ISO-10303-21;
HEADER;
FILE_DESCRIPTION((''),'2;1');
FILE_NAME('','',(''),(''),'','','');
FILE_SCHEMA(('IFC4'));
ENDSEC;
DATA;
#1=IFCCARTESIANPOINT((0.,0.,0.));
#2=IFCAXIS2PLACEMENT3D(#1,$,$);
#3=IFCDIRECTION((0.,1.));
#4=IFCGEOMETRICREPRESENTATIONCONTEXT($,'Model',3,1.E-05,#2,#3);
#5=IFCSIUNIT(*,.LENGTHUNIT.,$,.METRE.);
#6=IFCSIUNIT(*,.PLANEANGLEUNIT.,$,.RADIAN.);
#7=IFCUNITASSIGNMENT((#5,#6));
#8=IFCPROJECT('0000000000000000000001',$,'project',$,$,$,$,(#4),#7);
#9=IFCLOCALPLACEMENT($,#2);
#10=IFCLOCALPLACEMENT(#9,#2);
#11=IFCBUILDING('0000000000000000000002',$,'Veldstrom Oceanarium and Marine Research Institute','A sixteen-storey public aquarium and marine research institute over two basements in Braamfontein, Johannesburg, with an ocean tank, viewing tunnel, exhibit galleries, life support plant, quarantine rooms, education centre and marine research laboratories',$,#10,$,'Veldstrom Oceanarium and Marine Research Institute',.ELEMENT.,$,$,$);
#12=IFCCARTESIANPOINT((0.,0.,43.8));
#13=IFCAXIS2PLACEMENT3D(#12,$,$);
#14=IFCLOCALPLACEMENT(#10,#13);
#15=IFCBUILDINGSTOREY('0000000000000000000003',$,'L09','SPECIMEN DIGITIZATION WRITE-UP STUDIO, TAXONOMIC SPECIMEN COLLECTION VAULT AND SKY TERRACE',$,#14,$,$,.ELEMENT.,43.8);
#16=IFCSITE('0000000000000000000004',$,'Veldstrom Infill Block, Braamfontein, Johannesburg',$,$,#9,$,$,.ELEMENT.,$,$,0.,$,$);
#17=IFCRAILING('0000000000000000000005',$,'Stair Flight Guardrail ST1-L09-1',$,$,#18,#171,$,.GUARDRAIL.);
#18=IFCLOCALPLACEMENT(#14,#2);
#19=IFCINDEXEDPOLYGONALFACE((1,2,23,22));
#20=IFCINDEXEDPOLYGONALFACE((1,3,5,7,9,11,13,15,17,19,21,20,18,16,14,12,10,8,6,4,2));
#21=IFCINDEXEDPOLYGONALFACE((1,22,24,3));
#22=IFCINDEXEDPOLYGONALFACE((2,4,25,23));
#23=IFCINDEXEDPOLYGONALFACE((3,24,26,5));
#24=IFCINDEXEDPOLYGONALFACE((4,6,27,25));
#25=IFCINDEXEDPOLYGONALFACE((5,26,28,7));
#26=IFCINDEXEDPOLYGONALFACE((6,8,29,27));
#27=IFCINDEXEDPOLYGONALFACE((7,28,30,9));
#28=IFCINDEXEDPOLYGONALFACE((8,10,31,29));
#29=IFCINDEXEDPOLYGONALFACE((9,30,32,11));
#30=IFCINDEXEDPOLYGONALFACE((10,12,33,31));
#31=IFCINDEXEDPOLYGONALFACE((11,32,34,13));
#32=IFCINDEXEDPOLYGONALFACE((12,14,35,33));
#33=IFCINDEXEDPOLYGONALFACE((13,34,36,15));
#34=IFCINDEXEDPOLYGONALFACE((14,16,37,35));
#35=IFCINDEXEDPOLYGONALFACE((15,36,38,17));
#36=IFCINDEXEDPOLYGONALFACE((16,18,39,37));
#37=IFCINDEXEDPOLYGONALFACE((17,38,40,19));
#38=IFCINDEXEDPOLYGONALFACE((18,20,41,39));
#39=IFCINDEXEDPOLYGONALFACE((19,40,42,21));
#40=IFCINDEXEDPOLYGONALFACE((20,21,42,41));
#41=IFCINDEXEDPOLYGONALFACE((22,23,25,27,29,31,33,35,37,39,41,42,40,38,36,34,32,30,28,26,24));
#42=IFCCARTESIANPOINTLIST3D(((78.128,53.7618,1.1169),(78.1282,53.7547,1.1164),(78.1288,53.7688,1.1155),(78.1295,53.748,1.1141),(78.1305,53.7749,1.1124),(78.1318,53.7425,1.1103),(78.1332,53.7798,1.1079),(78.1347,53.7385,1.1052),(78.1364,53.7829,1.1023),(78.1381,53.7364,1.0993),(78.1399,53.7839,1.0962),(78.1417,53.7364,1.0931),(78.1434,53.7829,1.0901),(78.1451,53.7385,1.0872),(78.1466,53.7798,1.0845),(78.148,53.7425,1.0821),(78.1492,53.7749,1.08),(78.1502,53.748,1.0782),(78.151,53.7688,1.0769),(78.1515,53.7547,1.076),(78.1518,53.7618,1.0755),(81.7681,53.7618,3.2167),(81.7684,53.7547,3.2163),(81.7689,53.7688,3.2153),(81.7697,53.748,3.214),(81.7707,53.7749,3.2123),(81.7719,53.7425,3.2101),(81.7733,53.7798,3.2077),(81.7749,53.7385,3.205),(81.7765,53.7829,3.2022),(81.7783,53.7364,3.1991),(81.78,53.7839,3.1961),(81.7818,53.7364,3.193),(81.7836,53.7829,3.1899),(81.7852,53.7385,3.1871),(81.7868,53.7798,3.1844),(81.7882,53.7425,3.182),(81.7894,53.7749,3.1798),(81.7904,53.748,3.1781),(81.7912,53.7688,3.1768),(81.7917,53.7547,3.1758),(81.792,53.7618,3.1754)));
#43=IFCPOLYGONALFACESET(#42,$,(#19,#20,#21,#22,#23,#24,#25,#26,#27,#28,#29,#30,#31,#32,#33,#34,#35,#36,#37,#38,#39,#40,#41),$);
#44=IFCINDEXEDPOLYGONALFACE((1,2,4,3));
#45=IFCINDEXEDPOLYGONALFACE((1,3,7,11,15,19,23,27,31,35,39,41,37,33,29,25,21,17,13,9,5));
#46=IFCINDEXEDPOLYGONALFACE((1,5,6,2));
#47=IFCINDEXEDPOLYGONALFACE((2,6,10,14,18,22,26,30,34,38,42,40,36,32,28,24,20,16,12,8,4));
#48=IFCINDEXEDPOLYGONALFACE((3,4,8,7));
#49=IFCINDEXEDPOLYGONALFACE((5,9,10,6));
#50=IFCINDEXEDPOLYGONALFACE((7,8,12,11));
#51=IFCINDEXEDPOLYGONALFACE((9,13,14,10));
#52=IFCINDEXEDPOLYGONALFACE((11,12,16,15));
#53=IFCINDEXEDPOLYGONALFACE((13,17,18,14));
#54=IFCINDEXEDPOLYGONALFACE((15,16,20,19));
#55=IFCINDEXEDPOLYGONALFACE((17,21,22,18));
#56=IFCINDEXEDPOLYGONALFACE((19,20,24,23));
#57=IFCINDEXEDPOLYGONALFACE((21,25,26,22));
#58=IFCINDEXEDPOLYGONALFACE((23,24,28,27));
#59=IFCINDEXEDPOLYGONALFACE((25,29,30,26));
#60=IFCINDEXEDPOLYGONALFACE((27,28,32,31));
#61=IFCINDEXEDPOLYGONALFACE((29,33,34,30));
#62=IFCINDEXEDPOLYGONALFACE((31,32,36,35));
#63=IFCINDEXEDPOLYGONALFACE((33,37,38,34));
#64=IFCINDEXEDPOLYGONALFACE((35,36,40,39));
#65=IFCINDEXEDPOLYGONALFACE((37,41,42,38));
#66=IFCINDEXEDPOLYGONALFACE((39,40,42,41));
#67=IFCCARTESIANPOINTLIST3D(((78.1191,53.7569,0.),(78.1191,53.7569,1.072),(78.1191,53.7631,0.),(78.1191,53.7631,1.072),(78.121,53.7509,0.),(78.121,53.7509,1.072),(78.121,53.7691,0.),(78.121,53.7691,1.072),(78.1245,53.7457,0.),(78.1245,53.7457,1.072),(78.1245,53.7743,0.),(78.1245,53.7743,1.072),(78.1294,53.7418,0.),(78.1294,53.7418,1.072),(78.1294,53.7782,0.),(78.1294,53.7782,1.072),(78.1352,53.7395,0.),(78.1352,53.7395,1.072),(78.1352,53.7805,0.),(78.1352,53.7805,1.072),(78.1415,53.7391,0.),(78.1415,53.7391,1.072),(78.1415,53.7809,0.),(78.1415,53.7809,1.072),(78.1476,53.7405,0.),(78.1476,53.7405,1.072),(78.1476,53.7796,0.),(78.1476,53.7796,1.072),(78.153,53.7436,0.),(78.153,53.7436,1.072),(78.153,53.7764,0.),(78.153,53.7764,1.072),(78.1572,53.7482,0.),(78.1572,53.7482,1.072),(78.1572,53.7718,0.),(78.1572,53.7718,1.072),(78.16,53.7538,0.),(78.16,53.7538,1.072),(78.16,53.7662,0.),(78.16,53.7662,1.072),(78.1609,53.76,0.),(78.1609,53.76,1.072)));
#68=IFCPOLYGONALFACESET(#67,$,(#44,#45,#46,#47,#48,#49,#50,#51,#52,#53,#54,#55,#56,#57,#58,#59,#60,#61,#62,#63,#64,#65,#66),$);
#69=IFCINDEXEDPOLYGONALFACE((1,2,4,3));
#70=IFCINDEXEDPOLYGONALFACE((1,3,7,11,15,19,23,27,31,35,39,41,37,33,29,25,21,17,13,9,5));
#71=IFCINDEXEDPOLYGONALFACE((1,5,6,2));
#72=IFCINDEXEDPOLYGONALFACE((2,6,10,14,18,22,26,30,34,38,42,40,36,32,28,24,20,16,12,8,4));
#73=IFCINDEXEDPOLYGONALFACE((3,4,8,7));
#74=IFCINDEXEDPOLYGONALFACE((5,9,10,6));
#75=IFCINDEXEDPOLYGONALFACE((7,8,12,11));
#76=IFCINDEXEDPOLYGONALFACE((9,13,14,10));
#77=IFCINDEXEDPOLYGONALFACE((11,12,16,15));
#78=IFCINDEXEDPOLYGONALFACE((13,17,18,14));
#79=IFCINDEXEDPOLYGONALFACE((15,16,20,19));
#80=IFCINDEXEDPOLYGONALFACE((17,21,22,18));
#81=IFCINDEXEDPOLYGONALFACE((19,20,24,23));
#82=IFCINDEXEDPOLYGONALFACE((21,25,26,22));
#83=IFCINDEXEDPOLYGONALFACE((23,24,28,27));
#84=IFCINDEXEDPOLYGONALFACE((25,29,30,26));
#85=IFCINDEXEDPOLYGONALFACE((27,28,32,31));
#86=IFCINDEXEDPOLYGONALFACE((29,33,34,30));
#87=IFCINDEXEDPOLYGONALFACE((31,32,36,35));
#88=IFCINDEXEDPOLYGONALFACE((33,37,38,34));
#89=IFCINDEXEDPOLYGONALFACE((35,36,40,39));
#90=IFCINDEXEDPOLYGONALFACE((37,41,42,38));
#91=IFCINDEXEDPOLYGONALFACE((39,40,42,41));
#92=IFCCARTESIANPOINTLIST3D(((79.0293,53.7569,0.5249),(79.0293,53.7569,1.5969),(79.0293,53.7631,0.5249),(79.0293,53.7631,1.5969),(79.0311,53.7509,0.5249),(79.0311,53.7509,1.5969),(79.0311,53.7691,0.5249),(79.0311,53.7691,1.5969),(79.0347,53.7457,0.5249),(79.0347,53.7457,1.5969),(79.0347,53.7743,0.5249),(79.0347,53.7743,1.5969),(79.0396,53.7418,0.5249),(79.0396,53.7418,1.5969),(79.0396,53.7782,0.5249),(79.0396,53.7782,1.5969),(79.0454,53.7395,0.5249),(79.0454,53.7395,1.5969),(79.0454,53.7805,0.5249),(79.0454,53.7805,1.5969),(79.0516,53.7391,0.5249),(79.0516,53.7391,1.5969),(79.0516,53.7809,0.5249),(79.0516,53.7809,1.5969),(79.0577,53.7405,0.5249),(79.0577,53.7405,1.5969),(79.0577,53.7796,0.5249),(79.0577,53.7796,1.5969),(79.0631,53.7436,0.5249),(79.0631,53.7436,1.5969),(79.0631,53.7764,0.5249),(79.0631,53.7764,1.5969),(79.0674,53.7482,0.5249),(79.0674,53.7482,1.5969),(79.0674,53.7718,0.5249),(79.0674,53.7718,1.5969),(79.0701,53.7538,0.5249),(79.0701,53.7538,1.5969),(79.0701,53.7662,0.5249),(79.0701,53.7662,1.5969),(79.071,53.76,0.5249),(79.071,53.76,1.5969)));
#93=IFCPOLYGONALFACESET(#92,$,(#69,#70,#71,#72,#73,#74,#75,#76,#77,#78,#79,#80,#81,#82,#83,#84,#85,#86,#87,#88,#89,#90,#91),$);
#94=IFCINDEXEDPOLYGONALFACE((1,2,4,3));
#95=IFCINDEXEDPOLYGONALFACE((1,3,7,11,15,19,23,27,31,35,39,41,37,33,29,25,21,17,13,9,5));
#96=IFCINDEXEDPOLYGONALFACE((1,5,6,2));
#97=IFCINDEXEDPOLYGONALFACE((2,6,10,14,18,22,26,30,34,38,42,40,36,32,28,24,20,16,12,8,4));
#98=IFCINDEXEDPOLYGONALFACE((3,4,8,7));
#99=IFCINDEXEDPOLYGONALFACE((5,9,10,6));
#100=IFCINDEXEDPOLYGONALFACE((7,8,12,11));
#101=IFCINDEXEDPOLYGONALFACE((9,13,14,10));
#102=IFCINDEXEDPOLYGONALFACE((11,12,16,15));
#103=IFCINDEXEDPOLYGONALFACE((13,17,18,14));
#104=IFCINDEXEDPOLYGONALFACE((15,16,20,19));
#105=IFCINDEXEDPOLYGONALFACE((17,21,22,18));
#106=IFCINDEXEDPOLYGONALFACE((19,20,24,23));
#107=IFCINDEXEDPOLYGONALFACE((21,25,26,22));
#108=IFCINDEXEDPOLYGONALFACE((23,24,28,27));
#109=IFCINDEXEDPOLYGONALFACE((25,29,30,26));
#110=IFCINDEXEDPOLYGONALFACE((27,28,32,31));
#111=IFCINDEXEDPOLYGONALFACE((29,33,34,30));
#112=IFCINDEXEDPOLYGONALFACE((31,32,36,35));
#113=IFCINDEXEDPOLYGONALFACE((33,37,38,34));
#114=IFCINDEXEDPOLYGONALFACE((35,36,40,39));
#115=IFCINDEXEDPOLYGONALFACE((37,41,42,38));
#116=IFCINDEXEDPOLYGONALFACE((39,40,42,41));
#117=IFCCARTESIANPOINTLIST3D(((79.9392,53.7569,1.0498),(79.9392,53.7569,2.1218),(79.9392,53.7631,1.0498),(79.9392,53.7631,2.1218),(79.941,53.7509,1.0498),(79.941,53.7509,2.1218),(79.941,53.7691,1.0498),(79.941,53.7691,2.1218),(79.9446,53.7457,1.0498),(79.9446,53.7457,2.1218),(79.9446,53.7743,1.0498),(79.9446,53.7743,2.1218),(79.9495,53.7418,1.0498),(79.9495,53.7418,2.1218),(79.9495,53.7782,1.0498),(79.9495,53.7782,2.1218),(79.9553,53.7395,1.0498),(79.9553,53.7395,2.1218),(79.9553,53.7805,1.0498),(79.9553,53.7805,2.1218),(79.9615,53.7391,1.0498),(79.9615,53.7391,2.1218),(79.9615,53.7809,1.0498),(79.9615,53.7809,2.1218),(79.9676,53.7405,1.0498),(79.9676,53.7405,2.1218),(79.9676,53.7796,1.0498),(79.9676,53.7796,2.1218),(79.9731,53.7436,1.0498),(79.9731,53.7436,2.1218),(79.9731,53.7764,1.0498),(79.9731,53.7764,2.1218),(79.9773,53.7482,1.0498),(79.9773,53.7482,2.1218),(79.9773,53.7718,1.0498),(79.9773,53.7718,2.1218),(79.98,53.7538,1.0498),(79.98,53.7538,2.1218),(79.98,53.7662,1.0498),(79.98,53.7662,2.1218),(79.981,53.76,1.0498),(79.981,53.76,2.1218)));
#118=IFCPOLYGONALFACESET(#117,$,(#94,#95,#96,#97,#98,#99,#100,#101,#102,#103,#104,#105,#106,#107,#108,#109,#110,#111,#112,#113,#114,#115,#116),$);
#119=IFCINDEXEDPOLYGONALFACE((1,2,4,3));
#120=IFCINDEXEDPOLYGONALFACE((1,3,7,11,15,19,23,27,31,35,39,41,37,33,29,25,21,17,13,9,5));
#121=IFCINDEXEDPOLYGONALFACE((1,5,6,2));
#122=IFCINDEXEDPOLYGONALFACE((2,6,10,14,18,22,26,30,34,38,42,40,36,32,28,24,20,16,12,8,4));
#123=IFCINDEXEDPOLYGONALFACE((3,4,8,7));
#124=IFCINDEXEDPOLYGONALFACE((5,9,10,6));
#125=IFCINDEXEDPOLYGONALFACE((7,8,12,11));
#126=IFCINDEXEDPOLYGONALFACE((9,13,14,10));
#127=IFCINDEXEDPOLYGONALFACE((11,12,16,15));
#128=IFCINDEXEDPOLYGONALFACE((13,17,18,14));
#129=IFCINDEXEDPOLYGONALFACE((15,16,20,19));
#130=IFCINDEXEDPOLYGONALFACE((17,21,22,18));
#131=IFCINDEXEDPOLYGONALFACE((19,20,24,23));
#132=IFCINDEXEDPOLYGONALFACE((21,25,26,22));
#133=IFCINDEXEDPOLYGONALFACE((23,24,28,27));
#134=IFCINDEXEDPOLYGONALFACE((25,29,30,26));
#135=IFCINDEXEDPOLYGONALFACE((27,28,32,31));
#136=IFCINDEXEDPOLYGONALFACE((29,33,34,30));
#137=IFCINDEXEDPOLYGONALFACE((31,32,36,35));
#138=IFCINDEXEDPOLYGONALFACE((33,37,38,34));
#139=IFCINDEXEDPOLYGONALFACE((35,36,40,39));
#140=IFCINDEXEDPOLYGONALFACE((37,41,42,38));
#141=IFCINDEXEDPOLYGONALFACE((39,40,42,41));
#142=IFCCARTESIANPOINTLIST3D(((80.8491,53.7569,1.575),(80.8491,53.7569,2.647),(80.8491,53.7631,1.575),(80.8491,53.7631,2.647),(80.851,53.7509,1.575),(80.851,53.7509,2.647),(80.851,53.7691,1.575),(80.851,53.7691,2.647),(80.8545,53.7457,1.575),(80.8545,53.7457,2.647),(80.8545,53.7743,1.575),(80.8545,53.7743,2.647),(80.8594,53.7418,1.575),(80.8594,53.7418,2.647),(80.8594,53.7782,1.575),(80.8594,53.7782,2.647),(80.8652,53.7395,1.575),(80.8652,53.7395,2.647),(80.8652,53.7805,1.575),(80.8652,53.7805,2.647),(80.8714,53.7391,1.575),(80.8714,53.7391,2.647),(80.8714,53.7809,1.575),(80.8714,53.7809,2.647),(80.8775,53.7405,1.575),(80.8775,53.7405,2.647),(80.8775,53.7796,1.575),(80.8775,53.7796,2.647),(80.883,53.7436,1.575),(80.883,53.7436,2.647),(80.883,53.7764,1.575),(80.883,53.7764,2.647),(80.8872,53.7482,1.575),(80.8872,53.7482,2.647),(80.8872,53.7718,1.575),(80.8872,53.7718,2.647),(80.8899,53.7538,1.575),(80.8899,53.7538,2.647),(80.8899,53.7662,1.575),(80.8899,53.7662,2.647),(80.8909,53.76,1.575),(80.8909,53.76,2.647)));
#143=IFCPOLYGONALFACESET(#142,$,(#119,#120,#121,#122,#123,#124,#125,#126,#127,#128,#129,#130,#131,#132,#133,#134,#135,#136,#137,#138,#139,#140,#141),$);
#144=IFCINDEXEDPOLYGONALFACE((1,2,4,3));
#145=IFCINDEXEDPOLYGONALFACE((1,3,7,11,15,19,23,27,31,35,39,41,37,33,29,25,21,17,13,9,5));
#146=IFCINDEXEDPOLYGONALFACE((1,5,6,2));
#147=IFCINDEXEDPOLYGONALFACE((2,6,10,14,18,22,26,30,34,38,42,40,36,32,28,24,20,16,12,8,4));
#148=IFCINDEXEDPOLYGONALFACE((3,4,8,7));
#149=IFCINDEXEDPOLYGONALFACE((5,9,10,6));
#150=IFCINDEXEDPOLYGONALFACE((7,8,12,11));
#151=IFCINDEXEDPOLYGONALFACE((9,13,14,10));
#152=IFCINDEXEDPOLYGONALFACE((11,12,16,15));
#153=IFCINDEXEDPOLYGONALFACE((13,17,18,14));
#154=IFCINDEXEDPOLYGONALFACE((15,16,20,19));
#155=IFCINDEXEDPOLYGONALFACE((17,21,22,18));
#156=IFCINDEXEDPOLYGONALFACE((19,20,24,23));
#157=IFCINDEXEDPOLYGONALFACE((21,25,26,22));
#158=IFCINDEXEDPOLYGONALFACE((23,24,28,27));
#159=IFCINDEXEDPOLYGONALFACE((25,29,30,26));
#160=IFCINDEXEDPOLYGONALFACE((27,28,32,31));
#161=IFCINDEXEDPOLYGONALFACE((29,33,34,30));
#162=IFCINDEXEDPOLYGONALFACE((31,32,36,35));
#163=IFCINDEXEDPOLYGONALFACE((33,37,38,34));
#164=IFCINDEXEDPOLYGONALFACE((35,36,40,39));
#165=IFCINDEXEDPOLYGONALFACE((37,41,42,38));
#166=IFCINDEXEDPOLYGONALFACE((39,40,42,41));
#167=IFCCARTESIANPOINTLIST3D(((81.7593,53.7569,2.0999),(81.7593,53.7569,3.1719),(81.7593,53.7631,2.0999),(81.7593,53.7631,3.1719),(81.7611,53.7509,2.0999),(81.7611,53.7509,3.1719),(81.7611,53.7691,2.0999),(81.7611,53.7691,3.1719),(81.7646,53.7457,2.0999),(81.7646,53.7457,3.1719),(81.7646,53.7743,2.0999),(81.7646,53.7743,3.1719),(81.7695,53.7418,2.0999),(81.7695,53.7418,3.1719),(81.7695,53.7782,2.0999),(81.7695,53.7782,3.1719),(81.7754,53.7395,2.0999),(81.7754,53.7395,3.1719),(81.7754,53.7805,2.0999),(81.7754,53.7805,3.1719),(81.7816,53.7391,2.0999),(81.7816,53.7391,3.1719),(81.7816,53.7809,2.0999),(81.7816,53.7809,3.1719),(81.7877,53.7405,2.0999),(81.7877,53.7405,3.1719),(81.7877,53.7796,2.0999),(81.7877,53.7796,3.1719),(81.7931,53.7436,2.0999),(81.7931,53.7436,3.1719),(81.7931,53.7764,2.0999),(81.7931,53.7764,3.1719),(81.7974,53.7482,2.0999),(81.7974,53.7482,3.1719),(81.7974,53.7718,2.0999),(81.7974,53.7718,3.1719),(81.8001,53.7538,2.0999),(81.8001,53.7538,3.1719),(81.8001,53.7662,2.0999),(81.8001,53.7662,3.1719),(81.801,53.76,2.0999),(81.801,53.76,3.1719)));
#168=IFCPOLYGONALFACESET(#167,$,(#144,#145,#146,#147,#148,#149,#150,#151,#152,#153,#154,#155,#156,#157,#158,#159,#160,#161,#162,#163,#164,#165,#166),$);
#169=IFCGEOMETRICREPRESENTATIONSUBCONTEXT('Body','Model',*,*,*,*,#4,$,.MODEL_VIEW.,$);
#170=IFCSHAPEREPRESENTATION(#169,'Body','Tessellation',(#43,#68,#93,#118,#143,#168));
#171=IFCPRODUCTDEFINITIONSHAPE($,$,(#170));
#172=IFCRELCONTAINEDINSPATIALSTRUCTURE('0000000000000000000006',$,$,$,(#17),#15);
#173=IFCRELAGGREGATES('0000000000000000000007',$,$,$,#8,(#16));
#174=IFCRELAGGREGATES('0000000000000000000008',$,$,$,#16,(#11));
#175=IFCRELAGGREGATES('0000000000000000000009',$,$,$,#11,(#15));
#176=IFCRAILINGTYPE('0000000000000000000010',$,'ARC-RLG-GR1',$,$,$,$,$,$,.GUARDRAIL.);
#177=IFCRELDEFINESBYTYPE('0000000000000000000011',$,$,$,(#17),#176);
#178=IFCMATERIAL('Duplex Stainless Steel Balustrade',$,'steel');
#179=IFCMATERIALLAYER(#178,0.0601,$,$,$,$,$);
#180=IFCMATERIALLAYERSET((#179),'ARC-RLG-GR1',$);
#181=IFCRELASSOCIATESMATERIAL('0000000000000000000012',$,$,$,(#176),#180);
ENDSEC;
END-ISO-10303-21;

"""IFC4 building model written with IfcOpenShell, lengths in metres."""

from ifc_helpers import new_model, si_unit, direction, frame, origin, origin_2d, place, context, subcontext, project, spatial, circle, extrude, material, layer, layer_set, type_object, element, save


model = new_model("IFC4")

# Units and contexts
model_context = context("Model", 3, precision=1e-05, world=origin(), true_north=direction((0.0, 1.0)))
body_context = subcontext(model_context, "Body", "Model", "MODEL_VIEW")
ifc_project = project(units=[si_unit("LENGTHUNIT", "METRE"), si_unit("PLANEANGLEUNIT", "RADIAN")], contexts=[model_context])

# Site, building, storey
site_placement = place(None, origin())
site = spatial("IfcSite", under=ifc_project, at=site_placement, Name="Veldstrom Infill Block, Braamfontein, Johannesburg", CompositionType="ELEMENT", RefElevation=0.0)
building_placement = place(site_placement, origin())
building = spatial("IfcBuilding", under=site, at=building_placement, Name="Veldstrom Oceanarium and Marine Research Institute", Description="A sixteen-storey public aquarium and marine research institute over two basements in Braamfontein, Johannesburg, with an ocean tank, viewing tunnel, exhibit galleries, life support plant, quarantine rooms, education centre and marine research laboratories", LongName="Veldstrom Oceanarium and Marine Research Institute", CompositionType="ELEMENT")
storey_placement = place(building_placement, frame((0.0, 0.0, 43.8)))
storey = spatial("IfcBuildingStorey", under=building, at=storey_placement, Name="L09", Description="SPECIMEN DIGITIZATION WRITE-UP STUDIO, TAXONOMIC SPECIMEN COLLECTION VAULT AND SKY TERRACE", CompositionType="ELEMENT", Elevation=43.8)

# Railing
ifc_material_1 = material(Name="Duplex Stainless Steel Balustrade", Category="steel")
ifc_layer_1 = layer(ifc_material_1, 0.0601)
ifc_layer_set_1 = layer_set([ifc_layer_1], Name="ARC-RLG-GR1")
railing_type_1 = type_object("IfcRailingType", Name="ARC-RLG-GR1", PredefinedType="GUARDRAIL", material=ifc_layer_set_1)
railing_1_placement = place(storey_placement, frame((78.1399, 53.76, 0.0)))
element("IfcRailing", 1, at=railing_1_placement, inside=storey, type_object=railing_type_1, Name="Stair Flight Guardrail ST1-L09-1", PredefinedType="GUARDRAIL", context=body_context, shape_type="SweptSolid", body=[
    extrude(circle(Radius=0.0239, at=origin_2d()), frame((0.0, 0.0, 1.0962), z_axis=(0.866209, 0.0, 0.499682), x_axis=(0.0, 1.0, 0.0)), (0.0, 0.0, 1.0), 4.2024),
    extrude(circle(Radius=0.021, at=origin_2d()), origin(), (0.0, 0.0, 1.0), 1.072),
    extrude(circle(Radius=0.021, at=origin_2d()), frame((0.9102, 0.0, 0.5249)), (0.0, 0.0, 1.0), 1.072),
    extrude(circle(Radius=0.021, at=origin_2d()), frame((1.8201, 0.0, 1.0498)), (0.0, 0.0, 1.0), 1.072),
    extrude(circle(Radius=0.021, at=origin_2d()), frame((2.73, 0.0, 1.575)), (0.0, 0.0, 1.0), 1.072),
    extrude(circle(Radius=0.021, at=origin_2d()), frame((3.6401, 0.0, 2.0999)), (0.0, 0.0, 1.0), 1.072),
])

save(model, "model.ifc")
